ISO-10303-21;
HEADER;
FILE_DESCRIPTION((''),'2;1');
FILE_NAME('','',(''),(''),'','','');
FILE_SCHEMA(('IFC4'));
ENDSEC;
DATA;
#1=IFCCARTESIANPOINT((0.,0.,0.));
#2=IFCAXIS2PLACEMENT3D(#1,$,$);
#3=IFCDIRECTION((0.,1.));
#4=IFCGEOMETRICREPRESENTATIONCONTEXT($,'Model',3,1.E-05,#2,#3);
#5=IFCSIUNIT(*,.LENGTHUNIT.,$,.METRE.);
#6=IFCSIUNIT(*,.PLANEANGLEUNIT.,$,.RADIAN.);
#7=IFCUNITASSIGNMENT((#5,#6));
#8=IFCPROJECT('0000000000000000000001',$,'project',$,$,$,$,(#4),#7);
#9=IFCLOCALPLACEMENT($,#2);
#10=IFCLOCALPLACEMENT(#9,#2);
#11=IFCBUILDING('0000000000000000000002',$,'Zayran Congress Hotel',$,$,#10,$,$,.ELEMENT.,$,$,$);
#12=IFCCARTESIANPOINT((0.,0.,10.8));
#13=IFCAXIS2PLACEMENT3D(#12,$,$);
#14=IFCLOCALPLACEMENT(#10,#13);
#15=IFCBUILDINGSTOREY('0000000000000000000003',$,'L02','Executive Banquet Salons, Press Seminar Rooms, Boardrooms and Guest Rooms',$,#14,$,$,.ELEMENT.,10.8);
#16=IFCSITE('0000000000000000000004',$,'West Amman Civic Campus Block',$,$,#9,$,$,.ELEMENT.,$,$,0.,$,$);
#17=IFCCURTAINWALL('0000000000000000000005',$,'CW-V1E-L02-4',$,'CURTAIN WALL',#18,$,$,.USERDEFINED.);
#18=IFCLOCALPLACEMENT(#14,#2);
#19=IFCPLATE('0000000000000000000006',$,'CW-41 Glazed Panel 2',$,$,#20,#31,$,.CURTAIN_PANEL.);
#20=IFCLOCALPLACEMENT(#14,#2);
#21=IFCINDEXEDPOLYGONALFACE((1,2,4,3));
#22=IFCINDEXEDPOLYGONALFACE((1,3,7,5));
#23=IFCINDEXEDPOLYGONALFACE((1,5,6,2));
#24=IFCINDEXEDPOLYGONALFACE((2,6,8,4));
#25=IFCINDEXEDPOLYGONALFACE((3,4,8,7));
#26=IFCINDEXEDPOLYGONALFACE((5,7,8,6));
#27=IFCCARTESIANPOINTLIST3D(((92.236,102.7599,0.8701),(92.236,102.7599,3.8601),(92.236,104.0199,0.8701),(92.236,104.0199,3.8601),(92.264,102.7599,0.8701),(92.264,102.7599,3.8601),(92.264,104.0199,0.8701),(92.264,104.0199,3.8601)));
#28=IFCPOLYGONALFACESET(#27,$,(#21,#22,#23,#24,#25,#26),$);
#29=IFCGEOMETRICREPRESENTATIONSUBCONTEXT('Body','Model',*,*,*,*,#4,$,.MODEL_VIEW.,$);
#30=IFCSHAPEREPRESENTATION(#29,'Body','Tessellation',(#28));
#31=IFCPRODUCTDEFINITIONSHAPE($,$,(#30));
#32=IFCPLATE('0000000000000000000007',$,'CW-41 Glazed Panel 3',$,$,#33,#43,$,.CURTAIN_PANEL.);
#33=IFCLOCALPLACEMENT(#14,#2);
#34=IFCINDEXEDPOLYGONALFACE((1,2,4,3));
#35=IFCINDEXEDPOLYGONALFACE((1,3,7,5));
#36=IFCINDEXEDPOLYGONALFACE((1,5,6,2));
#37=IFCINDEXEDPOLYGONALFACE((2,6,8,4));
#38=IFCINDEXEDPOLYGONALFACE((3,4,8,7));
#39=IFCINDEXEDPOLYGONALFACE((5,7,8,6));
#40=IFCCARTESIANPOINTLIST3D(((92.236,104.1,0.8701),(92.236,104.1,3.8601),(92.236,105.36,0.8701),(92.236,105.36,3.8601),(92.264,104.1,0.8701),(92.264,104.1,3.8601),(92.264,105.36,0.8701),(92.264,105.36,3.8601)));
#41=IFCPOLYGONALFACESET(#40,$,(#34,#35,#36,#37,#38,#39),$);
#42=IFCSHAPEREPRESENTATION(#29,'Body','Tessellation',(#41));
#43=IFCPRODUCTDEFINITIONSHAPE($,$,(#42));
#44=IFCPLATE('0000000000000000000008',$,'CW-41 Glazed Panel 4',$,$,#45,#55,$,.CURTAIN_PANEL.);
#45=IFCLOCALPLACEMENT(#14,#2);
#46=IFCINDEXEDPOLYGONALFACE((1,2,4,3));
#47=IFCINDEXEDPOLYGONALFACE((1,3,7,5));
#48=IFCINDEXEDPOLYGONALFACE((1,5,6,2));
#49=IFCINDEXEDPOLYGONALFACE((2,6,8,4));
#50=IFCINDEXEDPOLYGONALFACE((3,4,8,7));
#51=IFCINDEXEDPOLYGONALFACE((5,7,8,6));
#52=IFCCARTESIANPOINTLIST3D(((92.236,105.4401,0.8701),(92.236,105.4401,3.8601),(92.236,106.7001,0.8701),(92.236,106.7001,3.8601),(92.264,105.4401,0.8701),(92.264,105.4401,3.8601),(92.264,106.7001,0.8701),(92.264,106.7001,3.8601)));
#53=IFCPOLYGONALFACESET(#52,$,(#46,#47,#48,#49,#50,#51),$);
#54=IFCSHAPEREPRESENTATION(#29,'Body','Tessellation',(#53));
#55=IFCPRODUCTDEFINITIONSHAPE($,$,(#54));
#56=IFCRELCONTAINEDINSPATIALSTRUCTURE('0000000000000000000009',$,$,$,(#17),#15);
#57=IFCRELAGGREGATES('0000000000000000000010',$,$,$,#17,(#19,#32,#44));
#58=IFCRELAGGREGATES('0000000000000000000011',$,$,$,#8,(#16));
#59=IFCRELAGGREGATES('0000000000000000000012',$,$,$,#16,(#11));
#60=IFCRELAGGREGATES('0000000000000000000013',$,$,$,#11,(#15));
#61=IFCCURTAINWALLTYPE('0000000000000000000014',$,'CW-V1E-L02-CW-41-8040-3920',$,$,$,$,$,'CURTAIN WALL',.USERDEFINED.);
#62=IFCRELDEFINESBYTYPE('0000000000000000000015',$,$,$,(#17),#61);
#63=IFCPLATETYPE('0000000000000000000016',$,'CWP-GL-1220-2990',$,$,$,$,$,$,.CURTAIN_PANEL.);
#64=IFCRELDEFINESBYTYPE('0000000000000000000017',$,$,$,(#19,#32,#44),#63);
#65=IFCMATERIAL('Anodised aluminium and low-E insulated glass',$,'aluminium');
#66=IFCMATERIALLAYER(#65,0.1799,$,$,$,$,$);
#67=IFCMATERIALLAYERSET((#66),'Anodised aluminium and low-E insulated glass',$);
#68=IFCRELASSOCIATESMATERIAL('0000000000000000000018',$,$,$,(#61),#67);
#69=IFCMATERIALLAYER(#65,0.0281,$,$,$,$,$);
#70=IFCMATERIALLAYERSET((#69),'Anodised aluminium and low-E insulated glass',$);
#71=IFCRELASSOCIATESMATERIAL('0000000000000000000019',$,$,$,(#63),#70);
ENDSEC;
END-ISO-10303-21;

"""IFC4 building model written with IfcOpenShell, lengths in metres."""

from ifc_helpers import new_model, si_unit, direction, frame, origin, origin_2d, place, context, subcontext, project, spatial, rectangle, extrude, material, layer, layer_set, type_object, element, aggregate, save


model = new_model("IFC4")

# Units and contexts
model_context = context("Model", 3, precision=1e-05, world=origin(), true_north=direction((0.0, 1.0)))
body_context = subcontext(model_context, "Body", "Model", "MODEL_VIEW")
ifc_project = project(units=[si_unit("LENGTHUNIT", "METRE"), si_unit("PLANEANGLEUNIT", "RADIAN")], contexts=[model_context])

# Site, building, storey
site_placement = place(None, origin())
site = spatial("IfcSite", under=ifc_project, at=site_placement, Name="West Amman Civic Campus Block", CompositionType="ELEMENT", RefElevation=0.0)
building_placement = place(site_placement, origin())
building = spatial("IfcBuilding", under=site, at=building_placement, Name="Zayran Congress Hotel", CompositionType="ELEMENT")
storey_placement = place(building_placement, frame((0.0, 0.0, 10.8)))
storey = spatial("IfcBuildingStorey", under=building, at=storey_placement, Name="L02", Description="Executive Banquet Salons, Press Seminar Rooms, Boardrooms and Guest Rooms", CompositionType="ELEMENT", Elevation=10.8)

# Curtain wall, plates
ifc_material_1 = material(Name="Anodised aluminium and low-E insulated glass", Category="aluminium")
ifc_layer_1 = layer(ifc_material_1, 0.1799)
ifc_layer_set_1 = layer_set([ifc_layer_1], Name="Anodised aluminium and low-E insulated glass")
curtain_wall_type = type_object("IfcCurtainWallType", Name="CW-V1E-L02-CW-41-8040-3920", ElementType="CURTAIN WALL", PredefinedType="USERDEFINED", material=ifc_layer_set_1)
curtain_wall_placement = place(storey_placement, origin())
curtain_wall = element("IfcCurtainWall", 1, at=curtain_wall_placement, inside=storey, type_object=curtain_wall_type, Name="CW-V1E-L02-4", ObjectType="CURTAIN WALL", PredefinedType="USERDEFINED")
ifc_layer_2 = layer(ifc_material_1, 0.0281)
ifc_layer_set_2 = layer_set([ifc_layer_2], Name="Anodised aluminium and low-E insulated glass")
plate_type_1 = type_object("IfcPlateType", Name="CWP-GL-1220-2990", PredefinedType="CURTAIN_PANEL", material=ifc_layer_set_2)
plate_1_placement = place(storey_placement, frame((92.25, 103.3899, 0.8701), z_axis=(0.0, 0.0, 1.0), x_axis=(0.0, 1.0, 0.0)))
plate_1 = element("IfcPlate", 2, at=plate_1_placement, type_object=plate_type_1, Name="CW-41 Glazed Panel 2", PredefinedType="CURTAIN_PANEL", context=body_context, shape_type="SweptSolid", body=[
    extrude(rectangle(XDim=1.26, YDim=0.0281, at=origin_2d()), origin(), (0.0, 0.0, 1.0), 2.99),
])
plate_2_placement = place(storey_placement, frame((92.25, 104.73, 0.8701), z_axis=(0.0, 0.0, 1.0), x_axis=(0.0, 1.0, 0.0)))
plate_2 = element("IfcPlate", 3, at=plate_2_placement, type_object=plate_type_1, Name="CW-41 Glazed Panel 3", PredefinedType="CURTAIN_PANEL", context=body_context, shape_type="SweptSolid", body=[
    extrude(rectangle(XDim=1.26, YDim=0.0281, at=origin_2d()), origin(), (0.0, 0.0, 1.0), 2.99),
])
plate_3_placement = place(storey_placement, frame((92.25, 106.0701, 0.8701), z_axis=(0.0, 0.0, 1.0), x_axis=(0.0, 1.0, 0.0)))
plate_3 = element("IfcPlate", 4, at=plate_3_placement, type_object=plate_type_1, Name="CW-41 Glazed Panel 4", PredefinedType="CURTAIN_PANEL", context=body_context, shape_type="SweptSolid", body=[
    extrude(rectangle(XDim=1.26, YDim=0.0281, at=origin_2d()), origin(), (0.0, 0.0, 1.0), 2.99),
])
aggregate(curtain_wall, [plate_1, plate_2, plate_3])

save(model, "model.ifc")
